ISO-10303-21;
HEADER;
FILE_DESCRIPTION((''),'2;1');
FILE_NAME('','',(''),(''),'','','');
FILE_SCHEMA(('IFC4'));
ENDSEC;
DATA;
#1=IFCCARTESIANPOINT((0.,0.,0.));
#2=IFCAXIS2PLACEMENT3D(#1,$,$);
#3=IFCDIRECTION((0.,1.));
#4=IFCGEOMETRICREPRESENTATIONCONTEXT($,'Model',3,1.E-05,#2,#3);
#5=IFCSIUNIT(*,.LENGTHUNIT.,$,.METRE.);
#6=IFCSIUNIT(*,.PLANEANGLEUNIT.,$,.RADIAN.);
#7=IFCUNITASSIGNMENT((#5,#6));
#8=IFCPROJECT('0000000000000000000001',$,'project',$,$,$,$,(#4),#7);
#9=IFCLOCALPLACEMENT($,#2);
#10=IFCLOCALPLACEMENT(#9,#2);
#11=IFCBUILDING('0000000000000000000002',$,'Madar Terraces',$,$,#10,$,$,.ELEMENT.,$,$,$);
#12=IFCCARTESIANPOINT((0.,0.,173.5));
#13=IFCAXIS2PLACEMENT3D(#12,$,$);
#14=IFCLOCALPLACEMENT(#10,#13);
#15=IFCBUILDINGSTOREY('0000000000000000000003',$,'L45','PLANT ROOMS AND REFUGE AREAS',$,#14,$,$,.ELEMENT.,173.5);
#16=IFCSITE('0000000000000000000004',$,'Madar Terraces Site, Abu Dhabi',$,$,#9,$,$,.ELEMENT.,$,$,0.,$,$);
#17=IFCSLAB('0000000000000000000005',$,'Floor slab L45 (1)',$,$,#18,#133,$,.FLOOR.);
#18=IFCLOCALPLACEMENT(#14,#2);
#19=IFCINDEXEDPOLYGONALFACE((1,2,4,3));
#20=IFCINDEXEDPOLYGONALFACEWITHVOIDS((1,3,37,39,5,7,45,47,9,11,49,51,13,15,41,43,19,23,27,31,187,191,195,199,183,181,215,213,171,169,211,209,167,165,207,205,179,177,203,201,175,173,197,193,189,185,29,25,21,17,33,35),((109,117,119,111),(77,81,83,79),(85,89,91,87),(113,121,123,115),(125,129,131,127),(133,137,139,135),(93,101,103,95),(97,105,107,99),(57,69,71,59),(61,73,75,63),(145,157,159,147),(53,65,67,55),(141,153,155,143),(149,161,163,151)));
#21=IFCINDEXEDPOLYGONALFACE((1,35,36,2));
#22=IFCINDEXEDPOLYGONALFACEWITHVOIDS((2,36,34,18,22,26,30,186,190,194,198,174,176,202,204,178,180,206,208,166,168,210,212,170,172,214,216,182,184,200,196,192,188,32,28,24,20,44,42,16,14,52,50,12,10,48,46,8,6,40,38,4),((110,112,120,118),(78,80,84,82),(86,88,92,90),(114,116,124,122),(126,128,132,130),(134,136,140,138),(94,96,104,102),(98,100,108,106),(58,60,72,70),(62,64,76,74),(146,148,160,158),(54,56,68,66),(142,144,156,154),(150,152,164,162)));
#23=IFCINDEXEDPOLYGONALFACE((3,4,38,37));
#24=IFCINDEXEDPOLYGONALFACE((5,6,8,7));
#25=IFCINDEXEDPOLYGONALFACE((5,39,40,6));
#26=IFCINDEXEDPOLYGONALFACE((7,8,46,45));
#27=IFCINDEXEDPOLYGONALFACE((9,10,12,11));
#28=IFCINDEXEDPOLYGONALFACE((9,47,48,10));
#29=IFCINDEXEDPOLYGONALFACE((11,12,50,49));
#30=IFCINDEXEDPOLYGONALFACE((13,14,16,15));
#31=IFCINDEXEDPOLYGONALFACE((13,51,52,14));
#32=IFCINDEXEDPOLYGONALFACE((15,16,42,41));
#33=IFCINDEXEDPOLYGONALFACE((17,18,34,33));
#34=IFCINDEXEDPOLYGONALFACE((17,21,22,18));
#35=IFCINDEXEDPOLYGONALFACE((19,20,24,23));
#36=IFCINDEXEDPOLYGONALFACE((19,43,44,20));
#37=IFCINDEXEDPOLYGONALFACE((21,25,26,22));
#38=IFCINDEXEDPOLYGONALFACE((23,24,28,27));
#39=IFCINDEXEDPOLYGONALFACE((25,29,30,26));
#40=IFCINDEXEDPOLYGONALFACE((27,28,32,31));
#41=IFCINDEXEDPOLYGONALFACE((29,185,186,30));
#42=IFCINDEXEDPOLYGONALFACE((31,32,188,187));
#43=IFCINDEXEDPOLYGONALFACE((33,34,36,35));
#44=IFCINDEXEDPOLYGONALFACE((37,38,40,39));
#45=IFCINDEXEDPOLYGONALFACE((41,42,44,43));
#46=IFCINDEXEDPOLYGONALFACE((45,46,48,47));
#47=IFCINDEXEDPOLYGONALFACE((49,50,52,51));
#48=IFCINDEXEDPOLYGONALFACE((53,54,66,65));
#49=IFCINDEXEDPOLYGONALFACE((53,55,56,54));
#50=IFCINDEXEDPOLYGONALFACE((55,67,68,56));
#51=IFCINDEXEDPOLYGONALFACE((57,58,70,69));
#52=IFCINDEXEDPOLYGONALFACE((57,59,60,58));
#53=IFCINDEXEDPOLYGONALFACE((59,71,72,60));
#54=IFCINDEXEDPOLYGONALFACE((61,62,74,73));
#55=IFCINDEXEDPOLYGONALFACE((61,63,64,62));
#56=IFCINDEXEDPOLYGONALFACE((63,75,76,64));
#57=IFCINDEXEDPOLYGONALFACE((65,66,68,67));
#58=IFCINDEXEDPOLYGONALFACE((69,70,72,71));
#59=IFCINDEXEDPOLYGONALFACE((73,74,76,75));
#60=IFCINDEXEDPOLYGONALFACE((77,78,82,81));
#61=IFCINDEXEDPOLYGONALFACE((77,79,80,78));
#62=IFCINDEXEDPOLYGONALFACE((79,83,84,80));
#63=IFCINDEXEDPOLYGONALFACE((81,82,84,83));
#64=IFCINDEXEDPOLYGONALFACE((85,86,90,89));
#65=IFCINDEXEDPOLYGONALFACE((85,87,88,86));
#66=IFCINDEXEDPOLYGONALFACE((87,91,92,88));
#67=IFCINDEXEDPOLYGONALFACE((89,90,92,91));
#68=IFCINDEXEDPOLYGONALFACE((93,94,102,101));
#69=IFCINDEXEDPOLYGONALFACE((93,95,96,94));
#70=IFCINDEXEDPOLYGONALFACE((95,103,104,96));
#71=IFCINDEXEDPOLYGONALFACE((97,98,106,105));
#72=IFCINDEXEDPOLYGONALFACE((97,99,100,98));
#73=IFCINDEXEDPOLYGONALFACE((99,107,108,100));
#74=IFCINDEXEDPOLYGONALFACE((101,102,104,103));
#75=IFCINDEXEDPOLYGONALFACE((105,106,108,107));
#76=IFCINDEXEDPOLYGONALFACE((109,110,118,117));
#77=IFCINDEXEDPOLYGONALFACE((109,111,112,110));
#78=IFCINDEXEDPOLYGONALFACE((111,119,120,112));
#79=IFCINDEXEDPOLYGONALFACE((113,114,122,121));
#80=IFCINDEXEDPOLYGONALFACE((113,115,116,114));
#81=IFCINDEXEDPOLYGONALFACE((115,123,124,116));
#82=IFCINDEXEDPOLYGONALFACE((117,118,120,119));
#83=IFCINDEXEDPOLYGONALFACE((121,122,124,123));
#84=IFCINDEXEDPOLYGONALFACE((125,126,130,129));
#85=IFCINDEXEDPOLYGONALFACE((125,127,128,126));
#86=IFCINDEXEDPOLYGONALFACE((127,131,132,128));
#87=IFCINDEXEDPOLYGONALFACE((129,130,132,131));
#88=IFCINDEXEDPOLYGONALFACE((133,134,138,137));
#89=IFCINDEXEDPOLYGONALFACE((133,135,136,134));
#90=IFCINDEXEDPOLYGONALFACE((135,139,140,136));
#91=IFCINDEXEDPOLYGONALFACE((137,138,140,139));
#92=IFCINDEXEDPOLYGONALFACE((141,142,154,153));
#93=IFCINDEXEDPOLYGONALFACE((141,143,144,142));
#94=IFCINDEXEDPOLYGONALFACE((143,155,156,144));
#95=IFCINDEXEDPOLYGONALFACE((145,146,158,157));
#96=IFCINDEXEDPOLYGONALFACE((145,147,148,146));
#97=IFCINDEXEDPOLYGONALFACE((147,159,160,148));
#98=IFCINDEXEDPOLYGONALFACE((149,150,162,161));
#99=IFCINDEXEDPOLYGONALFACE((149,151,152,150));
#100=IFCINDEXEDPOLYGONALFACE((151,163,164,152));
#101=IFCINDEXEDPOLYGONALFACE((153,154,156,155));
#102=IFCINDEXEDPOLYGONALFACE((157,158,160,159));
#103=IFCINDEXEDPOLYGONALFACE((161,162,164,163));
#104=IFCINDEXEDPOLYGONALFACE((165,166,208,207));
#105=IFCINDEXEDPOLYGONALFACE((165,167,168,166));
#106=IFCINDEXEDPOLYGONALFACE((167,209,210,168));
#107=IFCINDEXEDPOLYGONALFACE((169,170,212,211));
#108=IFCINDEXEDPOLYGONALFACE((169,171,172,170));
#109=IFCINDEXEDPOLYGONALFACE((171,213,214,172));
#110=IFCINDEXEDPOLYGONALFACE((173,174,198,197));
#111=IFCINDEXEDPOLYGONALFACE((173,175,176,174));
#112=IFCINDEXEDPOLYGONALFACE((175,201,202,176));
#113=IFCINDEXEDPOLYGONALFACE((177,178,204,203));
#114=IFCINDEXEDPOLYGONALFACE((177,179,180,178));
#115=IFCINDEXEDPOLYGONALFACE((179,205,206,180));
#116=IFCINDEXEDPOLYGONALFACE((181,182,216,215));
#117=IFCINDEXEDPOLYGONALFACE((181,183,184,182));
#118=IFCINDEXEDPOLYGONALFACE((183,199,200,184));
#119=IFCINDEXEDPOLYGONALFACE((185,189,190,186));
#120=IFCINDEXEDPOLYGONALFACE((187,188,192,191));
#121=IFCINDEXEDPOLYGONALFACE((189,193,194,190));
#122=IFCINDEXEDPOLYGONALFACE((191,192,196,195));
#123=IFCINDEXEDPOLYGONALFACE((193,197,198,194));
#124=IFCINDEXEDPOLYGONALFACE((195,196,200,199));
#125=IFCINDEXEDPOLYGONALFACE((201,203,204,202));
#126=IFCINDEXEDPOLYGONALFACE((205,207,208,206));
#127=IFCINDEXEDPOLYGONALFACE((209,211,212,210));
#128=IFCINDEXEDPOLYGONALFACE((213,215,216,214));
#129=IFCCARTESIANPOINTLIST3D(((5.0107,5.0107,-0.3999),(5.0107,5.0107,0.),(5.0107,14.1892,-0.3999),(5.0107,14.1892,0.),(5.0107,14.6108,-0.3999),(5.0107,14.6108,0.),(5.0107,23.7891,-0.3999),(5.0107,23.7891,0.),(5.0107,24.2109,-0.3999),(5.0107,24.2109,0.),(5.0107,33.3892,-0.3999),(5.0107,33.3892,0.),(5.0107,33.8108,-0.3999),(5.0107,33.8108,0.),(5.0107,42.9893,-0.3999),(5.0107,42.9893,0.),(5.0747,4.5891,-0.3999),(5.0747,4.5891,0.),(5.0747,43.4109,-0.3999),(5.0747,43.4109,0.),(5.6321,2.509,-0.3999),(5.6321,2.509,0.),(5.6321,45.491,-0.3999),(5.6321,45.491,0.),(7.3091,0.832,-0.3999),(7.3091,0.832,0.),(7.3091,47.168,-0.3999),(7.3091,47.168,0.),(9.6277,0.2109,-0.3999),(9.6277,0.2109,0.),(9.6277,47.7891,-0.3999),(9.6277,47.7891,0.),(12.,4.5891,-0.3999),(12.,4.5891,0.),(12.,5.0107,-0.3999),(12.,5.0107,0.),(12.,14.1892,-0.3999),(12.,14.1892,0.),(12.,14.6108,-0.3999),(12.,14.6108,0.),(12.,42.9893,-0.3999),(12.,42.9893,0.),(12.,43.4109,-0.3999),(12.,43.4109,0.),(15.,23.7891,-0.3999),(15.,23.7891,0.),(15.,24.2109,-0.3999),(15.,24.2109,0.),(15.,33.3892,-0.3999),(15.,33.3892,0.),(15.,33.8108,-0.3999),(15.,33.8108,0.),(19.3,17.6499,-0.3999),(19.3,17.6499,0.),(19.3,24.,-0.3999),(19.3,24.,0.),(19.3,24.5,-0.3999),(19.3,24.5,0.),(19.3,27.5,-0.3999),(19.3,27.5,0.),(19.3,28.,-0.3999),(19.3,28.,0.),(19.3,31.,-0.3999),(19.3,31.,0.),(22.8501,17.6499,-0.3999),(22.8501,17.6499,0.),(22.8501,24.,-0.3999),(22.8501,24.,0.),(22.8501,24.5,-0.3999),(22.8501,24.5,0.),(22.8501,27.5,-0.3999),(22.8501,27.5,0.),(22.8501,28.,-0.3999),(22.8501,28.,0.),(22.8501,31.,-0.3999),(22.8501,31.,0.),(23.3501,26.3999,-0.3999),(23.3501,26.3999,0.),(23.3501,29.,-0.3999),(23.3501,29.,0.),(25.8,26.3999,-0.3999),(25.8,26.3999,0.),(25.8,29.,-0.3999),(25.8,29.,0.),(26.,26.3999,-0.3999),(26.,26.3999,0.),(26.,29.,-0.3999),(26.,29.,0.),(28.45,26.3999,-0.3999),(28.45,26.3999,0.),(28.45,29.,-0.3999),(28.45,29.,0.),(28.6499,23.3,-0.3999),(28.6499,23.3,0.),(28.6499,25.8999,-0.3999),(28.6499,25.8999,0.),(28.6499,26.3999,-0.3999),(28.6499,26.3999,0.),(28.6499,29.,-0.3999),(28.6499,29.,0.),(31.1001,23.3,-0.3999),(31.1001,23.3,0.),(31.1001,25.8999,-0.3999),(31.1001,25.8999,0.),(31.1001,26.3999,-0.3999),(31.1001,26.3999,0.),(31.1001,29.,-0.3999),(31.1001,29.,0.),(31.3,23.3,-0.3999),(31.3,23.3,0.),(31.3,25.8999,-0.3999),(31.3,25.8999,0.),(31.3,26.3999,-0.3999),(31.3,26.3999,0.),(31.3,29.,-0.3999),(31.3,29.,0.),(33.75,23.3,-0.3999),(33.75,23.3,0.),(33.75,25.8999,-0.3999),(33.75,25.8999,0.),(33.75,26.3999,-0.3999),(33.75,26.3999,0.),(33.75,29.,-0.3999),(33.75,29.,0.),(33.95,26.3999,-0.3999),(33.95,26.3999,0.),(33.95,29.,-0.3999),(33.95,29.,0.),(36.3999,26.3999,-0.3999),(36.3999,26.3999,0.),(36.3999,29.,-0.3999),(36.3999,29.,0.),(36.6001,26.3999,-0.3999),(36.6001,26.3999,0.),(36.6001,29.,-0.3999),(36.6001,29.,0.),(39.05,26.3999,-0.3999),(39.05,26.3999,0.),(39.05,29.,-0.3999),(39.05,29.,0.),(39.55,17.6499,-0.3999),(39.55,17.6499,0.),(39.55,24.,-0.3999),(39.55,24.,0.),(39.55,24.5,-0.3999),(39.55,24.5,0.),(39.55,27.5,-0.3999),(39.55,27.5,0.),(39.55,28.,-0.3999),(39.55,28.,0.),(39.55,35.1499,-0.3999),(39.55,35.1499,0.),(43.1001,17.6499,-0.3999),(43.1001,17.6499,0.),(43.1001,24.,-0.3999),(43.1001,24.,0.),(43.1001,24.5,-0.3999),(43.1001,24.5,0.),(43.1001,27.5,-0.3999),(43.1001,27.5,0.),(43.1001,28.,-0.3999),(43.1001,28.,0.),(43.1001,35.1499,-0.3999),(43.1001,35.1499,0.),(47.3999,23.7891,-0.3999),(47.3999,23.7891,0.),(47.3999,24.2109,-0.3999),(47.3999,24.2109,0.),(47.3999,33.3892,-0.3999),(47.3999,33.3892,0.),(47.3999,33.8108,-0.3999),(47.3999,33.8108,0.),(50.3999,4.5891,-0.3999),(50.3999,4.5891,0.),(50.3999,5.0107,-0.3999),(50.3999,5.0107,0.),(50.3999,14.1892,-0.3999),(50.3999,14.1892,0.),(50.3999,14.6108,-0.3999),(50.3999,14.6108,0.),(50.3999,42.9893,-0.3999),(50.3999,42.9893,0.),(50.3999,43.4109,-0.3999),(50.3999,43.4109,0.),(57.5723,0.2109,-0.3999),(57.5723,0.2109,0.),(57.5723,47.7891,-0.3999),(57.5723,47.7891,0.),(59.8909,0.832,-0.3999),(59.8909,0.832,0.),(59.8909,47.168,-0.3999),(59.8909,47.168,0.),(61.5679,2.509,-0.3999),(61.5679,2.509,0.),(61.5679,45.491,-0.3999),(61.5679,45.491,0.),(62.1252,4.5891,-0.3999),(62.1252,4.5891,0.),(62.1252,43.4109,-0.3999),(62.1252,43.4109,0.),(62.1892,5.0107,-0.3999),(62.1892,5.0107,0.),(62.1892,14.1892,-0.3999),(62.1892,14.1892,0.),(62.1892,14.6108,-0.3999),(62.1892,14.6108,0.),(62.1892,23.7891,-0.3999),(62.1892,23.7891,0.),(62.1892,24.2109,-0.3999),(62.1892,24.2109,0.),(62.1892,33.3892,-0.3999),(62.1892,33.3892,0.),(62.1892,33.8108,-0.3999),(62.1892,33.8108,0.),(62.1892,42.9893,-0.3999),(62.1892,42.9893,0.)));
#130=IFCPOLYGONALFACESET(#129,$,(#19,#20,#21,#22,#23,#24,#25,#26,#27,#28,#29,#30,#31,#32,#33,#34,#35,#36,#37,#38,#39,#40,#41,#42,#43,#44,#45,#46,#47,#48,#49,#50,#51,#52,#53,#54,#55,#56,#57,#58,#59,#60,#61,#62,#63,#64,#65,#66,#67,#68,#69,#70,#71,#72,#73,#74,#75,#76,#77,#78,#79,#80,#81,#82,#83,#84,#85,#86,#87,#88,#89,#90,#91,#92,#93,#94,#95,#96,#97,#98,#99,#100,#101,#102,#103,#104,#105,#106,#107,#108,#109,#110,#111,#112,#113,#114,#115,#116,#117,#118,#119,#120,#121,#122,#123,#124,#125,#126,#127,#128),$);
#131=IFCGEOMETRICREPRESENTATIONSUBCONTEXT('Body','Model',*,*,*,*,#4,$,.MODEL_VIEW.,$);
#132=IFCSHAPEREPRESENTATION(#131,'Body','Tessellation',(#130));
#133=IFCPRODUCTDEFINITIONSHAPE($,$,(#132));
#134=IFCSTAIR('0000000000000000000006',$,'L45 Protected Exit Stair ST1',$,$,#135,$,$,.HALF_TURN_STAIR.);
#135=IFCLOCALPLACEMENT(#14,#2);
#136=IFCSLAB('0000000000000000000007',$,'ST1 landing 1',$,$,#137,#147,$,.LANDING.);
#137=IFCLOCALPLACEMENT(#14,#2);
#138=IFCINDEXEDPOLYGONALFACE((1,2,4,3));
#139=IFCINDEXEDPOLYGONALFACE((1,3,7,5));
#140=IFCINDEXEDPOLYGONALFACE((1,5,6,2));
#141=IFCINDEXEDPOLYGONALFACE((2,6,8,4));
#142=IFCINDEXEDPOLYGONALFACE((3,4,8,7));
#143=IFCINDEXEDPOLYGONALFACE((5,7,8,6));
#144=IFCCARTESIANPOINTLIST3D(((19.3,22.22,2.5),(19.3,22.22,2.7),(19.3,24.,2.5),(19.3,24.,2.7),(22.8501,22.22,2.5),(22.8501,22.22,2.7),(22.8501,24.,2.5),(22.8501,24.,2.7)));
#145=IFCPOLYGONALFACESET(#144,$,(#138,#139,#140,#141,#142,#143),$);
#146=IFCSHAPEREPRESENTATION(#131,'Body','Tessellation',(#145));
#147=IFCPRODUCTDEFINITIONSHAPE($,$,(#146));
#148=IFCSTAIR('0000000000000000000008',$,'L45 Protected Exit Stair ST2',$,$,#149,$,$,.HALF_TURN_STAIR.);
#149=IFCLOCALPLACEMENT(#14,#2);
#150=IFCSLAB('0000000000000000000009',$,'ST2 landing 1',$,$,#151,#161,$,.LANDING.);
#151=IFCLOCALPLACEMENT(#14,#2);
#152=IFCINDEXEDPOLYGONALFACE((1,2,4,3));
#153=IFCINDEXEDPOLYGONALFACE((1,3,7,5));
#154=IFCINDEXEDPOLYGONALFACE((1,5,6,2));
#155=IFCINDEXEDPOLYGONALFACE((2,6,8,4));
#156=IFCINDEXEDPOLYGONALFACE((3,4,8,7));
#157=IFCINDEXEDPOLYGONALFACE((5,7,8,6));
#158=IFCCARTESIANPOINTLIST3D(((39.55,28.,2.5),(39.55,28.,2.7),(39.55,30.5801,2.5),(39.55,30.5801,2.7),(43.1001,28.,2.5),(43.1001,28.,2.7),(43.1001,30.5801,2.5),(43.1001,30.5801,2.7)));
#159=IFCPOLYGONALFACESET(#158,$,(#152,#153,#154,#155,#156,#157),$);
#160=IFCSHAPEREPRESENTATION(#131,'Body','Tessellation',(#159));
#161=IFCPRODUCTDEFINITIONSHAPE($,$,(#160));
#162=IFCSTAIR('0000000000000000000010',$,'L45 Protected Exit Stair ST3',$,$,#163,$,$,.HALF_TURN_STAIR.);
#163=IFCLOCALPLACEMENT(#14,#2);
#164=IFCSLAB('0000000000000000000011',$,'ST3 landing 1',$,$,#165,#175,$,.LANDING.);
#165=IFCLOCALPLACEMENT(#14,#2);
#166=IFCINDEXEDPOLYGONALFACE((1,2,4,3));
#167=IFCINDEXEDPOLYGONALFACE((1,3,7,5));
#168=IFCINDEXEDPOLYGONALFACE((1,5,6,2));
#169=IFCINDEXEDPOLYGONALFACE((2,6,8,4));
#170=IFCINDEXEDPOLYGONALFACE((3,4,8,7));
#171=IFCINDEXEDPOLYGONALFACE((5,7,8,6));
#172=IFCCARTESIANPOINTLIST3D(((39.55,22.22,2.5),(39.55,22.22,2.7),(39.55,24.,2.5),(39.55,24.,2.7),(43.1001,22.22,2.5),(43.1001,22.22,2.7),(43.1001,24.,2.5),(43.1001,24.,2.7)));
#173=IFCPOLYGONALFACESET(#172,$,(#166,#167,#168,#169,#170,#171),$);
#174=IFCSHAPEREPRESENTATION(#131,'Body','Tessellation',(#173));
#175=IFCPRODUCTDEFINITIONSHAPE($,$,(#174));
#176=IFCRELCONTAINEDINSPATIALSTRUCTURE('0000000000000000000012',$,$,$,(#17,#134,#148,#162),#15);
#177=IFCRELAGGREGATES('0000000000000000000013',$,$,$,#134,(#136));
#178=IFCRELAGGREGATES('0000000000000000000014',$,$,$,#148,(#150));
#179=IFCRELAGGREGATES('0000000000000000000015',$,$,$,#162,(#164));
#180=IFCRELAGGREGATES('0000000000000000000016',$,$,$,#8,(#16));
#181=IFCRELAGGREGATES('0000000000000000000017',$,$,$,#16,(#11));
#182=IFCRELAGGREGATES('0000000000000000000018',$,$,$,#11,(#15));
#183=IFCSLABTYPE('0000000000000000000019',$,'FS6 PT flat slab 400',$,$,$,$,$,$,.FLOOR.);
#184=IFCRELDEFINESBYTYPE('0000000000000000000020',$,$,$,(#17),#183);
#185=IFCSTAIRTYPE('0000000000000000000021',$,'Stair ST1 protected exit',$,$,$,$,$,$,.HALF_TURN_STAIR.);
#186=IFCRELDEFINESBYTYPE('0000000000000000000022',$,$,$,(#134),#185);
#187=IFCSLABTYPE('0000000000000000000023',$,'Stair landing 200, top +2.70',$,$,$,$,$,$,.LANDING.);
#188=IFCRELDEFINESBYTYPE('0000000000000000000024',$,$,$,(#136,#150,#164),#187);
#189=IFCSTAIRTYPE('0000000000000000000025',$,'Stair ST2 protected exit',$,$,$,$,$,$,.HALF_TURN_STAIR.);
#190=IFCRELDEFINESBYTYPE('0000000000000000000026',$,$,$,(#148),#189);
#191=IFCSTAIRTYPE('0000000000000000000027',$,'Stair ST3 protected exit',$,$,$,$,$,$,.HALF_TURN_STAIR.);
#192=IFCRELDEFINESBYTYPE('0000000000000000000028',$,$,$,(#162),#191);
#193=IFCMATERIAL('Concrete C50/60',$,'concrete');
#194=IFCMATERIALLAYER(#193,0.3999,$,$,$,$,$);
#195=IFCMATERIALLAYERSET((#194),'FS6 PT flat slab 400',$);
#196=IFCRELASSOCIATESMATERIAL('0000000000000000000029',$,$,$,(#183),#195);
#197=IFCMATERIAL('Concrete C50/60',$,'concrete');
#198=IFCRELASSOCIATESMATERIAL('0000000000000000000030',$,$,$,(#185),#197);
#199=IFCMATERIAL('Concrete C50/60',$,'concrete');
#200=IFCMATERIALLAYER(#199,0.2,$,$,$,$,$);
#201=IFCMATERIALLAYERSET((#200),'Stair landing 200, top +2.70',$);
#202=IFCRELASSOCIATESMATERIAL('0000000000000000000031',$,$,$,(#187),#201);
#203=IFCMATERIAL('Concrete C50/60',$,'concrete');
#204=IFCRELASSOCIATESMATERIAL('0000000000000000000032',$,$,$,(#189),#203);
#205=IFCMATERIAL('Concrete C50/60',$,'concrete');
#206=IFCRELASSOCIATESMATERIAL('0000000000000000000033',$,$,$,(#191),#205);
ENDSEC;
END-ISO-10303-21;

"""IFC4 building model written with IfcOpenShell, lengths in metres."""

from ifc_helpers import new_model, si_unit, direction, frame, origin, place, context, subcontext, project, spatial, polyline, outline, extrude, material, layer, layer_set, type_object, element, aggregate, save


model = new_model("IFC4")

# Units and contexts
model_context = context("Model", 3, precision=1e-05, world=origin(), true_north=direction((0.0, 1.0)))
body_context = subcontext(model_context, "Body", "Model", "MODEL_VIEW")
ifc_project = project(units=[si_unit("LENGTHUNIT", "METRE"), si_unit("PLANEANGLEUNIT", "RADIAN")], contexts=[model_context])

# Site, building, storey
site_placement = place(None, origin())
site = spatial("IfcSite", under=ifc_project, at=site_placement, Name="Madar Terraces Site, Abu Dhabi", CompositionType="ELEMENT", RefElevation=0.0)
building_placement = place(site_placement, origin())
building = spatial("IfcBuilding", under=site, at=building_placement, Name="Madar Terraces", CompositionType="ELEMENT")
storey_placement = place(building_placement, frame((0.0, 0.0, 173.5)))
storey = spatial("IfcBuildingStorey", under=building, at=storey_placement, Name="L45", Description="PLANT ROOMS AND REFUGE AREAS", CompositionType="ELEMENT", Elevation=173.5)

# Slab
ifc_material_1 = material(Name="Concrete C50/60", Category="concrete")
ifc_layer_1 = layer(ifc_material_1, 0.3999)
ifc_layer_set_1 = layer_set([ifc_layer_1], Name="FS6 PT flat slab 400")
slab_type_1 = type_object("IfcSlabType", Name="FS6 PT flat slab 400", PredefinedType="FLOOR", material=ifc_layer_set_1)
slab_1_placement = place(storey_placement, frame((0.0, 0.0, -0.3999)))
element("IfcSlab", 1, at=slab_1_placement, inside=storey, type_object=slab_type_1, Name="Floor slab L45 (1)", PredefinedType="FLOOR", context=body_context, shape_type="SweptSolid", body=[
    extrude(outline(polyline([(9.6277, 0.2109), (57.5723, 0.2109), (59.8909, 0.832), (61.5679, 2.509), (62.1252, 4.5891), (50.3999, 4.5891), (50.3999, 5.0107), (62.1892, 5.0107), (62.1892, 14.1892), (50.3999, 14.1892), (50.3999, 14.6108), (62.1892, 14.6108), (62.1892, 23.7891), (47.3999, 23.7891), (47.3999, 24.2109), (62.1892, 24.2109), (62.1892, 33.3892), (47.3999, 33.3892), (47.3999, 33.8108), (62.1892, 33.8108), (62.1892, 42.9893), (50.3999, 42.9893), (50.3999, 43.4109), (62.1252, 43.4109), (61.5679, 45.491), (59.8909, 47.168), (57.5723, 47.7891), (9.6277, 47.7891), (7.3091, 47.168), (5.6321, 45.491), (5.0747, 43.4109), (12.0, 43.4109), (12.0, 42.9893), (5.0107, 42.9893), (5.0107, 33.8108), (15.0, 33.8108), (15.0, 33.3892), (5.0107, 33.3892), (5.0107, 24.2109), (15.0, 24.2109), (15.0, 23.7891), (5.0107, 23.7891), (5.0107, 14.6108), (12.0, 14.6108), (12.0, 14.1892), (5.0107, 14.1892), (5.0107, 5.0107), (12.0, 5.0107), (12.0, 4.5891), (5.0747, 4.5891), (5.6321, 2.509), (7.3091, 0.832), (9.6277, 0.2109)]), holes=[polyline([(22.8501, 17.6499), (19.3, 17.6499), (19.3, 24.0), (22.8501, 24.0), (22.8501, 17.6499)]), polyline([(28.6499, 23.3), (28.6499, 25.8999), (31.1001, 25.8999), (31.1001, 23.3), (28.6499, 23.3)]), polyline([(19.3, 24.5), (19.3, 27.5), (22.8501, 27.5), (22.8501, 24.5), (19.3, 24.5)]), polyline([(23.3501, 26.3999), (23.3501, 29.0), (25.8, 29.0), (25.8, 26.3999), (23.3501, 26.3999)]), polyline([(26.0, 26.3999), (26.0, 29.0), (28.45, 29.0), (28.45, 26.3999), (26.0, 26.3999)]), polyline([(28.6499, 26.3999), (28.6499, 29.0), (31.1001, 29.0), (31.1001, 26.3999), (28.6499, 26.3999)]), polyline([(19.3, 28.0), (19.3, 31.0), (22.8501, 31.0), (22.8501, 28.0), (19.3, 28.0)]), polyline([(43.1001, 17.6499), (39.55, 17.6499), (39.55, 24.0), (43.1001, 24.0), (43.1001, 17.6499)]), polyline([(31.3, 23.3), (31.3, 25.8999), (33.75, 25.8999), (33.75, 23.3), (31.3, 23.3)]), polyline([(39.55, 24.5), (39.55, 27.5), (43.1001, 27.5), (43.1001, 24.5), (39.55, 24.5)]), polyline([(31.3, 26.3999), (31.3, 29.0), (33.75, 29.0), (33.75, 26.3999), (31.3, 26.3999)]), polyline([(33.95, 26.3999), (33.95, 29.0), (36.3999, 29.0), (36.3999, 26.3999), (33.95, 26.3999)]), polyline([(36.6001, 26.3999), (36.6001, 29.0), (39.05, 29.0), (39.05, 26.3999), (36.6001, 26.3999)]), polyline([(39.55, 28.0), (39.55, 35.1499), (43.1001, 35.1499), (43.1001, 28.0), (39.55, 28.0)])]), origin(), (0.0, 0.0, 1.0), 0.3999),
])

# Stairs, slabs
ifc_material_2 = material(Name="Concrete C50/60", Category="concrete")
stair_type_1 = type_object("IfcStairType", Name="Stair ST1 protected exit", PredefinedType="HALF_TURN_STAIR", material=ifc_material_2)
stair_1_placement = place(storey_placement, origin())
stair_1 = element("IfcStair", 2, at=stair_1_placement, inside=storey, type_object=stair_type_1, Name="L45 Protected Exit Stair ST1", PredefinedType="HALF_TURN_STAIR")
ifc_material_3 = material(Name="Concrete C50/60", Category="concrete")
ifc_layer_2 = layer(ifc_material_3, 0.2)
ifc_layer_set_2 = layer_set([ifc_layer_2], Name="Stair landing 200, top +2.70")
slab_type_2 = type_object("IfcSlabType", Name="Stair landing 200, top +2.70", PredefinedType="LANDING", material=ifc_layer_set_2)
slab_2_placement = place(storey_placement, frame((0.0, 0.0, 2.5)))
slab_2 = element("IfcSlab", 3, at=slab_2_placement, type_object=slab_type_2, Name="ST1 landing 1", PredefinedType="LANDING", context=body_context, shape_type="SweptSolid", body=[
    extrude(outline(polyline([(19.3, 22.22), (22.8501, 22.22), (22.8501, 24.0), (19.3, 24.0), (19.3, 22.22)])), origin(), (0.0, 0.0, 1.0), 0.2),
])
aggregate(stair_1, [slab_2])
ifc_material_4 = material(Name="Concrete C50/60", Category="concrete")
stair_type_2 = type_object("IfcStairType", Name="Stair ST2 protected exit", PredefinedType="HALF_TURN_STAIR", material=ifc_material_4)
stair_2_placement = place(storey_placement, origin())
stair_2 = element("IfcStair", 4, at=stair_2_placement, inside=storey, type_object=stair_type_2, Name="L45 Protected Exit Stair ST2", PredefinedType="HALF_TURN_STAIR")
slab_3_placement = place(storey_placement, frame((0.0, 0.0, 2.5)))
slab_3 = element("IfcSlab", 5, at=slab_3_placement, type_object=slab_type_2, Name="ST2 landing 1", PredefinedType="LANDING", context=body_context, shape_type="SweptSolid", body=[
    extrude(outline(polyline([(39.55, 28.0), (43.1001, 28.0), (43.1001, 30.5801), (39.55, 30.5801), (39.55, 28.0)])), origin(), (0.0, 0.0, 1.0), 0.2),
])
aggregate(stair_2, [slab_3])
ifc_material_5 = material(Name="Concrete C50/60", Category="concrete")
stair_type_3 = type_object("IfcStairType", Name="Stair ST3 protected exit", PredefinedType="HALF_TURN_STAIR", material=ifc_material_5)
stair_3_placement = place(storey_placement, origin())
stair_3 = element("IfcStair", 6, at=stair_3_placement, inside=storey, type_object=stair_type_3, Name="L45 Protected Exit Stair ST3", PredefinedType="HALF_TURN_STAIR")
slab_4_placement = place(storey_placement, frame((0.0, 0.0, 2.5)))
slab_4 = element("IfcSlab", 7, at=slab_4_placement, type_object=slab_type_2, Name="ST3 landing 1", PredefinedType="LANDING", context=body_context, shape_type="SweptSolid", body=[
    extrude(outline(polyline([(39.55, 22.22), (43.1001, 22.22), (43.1001, 24.0), (39.55, 24.0), (39.55, 22.22)])), origin(), (0.0, 0.0, 1.0), 0.2),
])
aggregate(stair_3, [slab_4])

save(model, "model.ifc")
